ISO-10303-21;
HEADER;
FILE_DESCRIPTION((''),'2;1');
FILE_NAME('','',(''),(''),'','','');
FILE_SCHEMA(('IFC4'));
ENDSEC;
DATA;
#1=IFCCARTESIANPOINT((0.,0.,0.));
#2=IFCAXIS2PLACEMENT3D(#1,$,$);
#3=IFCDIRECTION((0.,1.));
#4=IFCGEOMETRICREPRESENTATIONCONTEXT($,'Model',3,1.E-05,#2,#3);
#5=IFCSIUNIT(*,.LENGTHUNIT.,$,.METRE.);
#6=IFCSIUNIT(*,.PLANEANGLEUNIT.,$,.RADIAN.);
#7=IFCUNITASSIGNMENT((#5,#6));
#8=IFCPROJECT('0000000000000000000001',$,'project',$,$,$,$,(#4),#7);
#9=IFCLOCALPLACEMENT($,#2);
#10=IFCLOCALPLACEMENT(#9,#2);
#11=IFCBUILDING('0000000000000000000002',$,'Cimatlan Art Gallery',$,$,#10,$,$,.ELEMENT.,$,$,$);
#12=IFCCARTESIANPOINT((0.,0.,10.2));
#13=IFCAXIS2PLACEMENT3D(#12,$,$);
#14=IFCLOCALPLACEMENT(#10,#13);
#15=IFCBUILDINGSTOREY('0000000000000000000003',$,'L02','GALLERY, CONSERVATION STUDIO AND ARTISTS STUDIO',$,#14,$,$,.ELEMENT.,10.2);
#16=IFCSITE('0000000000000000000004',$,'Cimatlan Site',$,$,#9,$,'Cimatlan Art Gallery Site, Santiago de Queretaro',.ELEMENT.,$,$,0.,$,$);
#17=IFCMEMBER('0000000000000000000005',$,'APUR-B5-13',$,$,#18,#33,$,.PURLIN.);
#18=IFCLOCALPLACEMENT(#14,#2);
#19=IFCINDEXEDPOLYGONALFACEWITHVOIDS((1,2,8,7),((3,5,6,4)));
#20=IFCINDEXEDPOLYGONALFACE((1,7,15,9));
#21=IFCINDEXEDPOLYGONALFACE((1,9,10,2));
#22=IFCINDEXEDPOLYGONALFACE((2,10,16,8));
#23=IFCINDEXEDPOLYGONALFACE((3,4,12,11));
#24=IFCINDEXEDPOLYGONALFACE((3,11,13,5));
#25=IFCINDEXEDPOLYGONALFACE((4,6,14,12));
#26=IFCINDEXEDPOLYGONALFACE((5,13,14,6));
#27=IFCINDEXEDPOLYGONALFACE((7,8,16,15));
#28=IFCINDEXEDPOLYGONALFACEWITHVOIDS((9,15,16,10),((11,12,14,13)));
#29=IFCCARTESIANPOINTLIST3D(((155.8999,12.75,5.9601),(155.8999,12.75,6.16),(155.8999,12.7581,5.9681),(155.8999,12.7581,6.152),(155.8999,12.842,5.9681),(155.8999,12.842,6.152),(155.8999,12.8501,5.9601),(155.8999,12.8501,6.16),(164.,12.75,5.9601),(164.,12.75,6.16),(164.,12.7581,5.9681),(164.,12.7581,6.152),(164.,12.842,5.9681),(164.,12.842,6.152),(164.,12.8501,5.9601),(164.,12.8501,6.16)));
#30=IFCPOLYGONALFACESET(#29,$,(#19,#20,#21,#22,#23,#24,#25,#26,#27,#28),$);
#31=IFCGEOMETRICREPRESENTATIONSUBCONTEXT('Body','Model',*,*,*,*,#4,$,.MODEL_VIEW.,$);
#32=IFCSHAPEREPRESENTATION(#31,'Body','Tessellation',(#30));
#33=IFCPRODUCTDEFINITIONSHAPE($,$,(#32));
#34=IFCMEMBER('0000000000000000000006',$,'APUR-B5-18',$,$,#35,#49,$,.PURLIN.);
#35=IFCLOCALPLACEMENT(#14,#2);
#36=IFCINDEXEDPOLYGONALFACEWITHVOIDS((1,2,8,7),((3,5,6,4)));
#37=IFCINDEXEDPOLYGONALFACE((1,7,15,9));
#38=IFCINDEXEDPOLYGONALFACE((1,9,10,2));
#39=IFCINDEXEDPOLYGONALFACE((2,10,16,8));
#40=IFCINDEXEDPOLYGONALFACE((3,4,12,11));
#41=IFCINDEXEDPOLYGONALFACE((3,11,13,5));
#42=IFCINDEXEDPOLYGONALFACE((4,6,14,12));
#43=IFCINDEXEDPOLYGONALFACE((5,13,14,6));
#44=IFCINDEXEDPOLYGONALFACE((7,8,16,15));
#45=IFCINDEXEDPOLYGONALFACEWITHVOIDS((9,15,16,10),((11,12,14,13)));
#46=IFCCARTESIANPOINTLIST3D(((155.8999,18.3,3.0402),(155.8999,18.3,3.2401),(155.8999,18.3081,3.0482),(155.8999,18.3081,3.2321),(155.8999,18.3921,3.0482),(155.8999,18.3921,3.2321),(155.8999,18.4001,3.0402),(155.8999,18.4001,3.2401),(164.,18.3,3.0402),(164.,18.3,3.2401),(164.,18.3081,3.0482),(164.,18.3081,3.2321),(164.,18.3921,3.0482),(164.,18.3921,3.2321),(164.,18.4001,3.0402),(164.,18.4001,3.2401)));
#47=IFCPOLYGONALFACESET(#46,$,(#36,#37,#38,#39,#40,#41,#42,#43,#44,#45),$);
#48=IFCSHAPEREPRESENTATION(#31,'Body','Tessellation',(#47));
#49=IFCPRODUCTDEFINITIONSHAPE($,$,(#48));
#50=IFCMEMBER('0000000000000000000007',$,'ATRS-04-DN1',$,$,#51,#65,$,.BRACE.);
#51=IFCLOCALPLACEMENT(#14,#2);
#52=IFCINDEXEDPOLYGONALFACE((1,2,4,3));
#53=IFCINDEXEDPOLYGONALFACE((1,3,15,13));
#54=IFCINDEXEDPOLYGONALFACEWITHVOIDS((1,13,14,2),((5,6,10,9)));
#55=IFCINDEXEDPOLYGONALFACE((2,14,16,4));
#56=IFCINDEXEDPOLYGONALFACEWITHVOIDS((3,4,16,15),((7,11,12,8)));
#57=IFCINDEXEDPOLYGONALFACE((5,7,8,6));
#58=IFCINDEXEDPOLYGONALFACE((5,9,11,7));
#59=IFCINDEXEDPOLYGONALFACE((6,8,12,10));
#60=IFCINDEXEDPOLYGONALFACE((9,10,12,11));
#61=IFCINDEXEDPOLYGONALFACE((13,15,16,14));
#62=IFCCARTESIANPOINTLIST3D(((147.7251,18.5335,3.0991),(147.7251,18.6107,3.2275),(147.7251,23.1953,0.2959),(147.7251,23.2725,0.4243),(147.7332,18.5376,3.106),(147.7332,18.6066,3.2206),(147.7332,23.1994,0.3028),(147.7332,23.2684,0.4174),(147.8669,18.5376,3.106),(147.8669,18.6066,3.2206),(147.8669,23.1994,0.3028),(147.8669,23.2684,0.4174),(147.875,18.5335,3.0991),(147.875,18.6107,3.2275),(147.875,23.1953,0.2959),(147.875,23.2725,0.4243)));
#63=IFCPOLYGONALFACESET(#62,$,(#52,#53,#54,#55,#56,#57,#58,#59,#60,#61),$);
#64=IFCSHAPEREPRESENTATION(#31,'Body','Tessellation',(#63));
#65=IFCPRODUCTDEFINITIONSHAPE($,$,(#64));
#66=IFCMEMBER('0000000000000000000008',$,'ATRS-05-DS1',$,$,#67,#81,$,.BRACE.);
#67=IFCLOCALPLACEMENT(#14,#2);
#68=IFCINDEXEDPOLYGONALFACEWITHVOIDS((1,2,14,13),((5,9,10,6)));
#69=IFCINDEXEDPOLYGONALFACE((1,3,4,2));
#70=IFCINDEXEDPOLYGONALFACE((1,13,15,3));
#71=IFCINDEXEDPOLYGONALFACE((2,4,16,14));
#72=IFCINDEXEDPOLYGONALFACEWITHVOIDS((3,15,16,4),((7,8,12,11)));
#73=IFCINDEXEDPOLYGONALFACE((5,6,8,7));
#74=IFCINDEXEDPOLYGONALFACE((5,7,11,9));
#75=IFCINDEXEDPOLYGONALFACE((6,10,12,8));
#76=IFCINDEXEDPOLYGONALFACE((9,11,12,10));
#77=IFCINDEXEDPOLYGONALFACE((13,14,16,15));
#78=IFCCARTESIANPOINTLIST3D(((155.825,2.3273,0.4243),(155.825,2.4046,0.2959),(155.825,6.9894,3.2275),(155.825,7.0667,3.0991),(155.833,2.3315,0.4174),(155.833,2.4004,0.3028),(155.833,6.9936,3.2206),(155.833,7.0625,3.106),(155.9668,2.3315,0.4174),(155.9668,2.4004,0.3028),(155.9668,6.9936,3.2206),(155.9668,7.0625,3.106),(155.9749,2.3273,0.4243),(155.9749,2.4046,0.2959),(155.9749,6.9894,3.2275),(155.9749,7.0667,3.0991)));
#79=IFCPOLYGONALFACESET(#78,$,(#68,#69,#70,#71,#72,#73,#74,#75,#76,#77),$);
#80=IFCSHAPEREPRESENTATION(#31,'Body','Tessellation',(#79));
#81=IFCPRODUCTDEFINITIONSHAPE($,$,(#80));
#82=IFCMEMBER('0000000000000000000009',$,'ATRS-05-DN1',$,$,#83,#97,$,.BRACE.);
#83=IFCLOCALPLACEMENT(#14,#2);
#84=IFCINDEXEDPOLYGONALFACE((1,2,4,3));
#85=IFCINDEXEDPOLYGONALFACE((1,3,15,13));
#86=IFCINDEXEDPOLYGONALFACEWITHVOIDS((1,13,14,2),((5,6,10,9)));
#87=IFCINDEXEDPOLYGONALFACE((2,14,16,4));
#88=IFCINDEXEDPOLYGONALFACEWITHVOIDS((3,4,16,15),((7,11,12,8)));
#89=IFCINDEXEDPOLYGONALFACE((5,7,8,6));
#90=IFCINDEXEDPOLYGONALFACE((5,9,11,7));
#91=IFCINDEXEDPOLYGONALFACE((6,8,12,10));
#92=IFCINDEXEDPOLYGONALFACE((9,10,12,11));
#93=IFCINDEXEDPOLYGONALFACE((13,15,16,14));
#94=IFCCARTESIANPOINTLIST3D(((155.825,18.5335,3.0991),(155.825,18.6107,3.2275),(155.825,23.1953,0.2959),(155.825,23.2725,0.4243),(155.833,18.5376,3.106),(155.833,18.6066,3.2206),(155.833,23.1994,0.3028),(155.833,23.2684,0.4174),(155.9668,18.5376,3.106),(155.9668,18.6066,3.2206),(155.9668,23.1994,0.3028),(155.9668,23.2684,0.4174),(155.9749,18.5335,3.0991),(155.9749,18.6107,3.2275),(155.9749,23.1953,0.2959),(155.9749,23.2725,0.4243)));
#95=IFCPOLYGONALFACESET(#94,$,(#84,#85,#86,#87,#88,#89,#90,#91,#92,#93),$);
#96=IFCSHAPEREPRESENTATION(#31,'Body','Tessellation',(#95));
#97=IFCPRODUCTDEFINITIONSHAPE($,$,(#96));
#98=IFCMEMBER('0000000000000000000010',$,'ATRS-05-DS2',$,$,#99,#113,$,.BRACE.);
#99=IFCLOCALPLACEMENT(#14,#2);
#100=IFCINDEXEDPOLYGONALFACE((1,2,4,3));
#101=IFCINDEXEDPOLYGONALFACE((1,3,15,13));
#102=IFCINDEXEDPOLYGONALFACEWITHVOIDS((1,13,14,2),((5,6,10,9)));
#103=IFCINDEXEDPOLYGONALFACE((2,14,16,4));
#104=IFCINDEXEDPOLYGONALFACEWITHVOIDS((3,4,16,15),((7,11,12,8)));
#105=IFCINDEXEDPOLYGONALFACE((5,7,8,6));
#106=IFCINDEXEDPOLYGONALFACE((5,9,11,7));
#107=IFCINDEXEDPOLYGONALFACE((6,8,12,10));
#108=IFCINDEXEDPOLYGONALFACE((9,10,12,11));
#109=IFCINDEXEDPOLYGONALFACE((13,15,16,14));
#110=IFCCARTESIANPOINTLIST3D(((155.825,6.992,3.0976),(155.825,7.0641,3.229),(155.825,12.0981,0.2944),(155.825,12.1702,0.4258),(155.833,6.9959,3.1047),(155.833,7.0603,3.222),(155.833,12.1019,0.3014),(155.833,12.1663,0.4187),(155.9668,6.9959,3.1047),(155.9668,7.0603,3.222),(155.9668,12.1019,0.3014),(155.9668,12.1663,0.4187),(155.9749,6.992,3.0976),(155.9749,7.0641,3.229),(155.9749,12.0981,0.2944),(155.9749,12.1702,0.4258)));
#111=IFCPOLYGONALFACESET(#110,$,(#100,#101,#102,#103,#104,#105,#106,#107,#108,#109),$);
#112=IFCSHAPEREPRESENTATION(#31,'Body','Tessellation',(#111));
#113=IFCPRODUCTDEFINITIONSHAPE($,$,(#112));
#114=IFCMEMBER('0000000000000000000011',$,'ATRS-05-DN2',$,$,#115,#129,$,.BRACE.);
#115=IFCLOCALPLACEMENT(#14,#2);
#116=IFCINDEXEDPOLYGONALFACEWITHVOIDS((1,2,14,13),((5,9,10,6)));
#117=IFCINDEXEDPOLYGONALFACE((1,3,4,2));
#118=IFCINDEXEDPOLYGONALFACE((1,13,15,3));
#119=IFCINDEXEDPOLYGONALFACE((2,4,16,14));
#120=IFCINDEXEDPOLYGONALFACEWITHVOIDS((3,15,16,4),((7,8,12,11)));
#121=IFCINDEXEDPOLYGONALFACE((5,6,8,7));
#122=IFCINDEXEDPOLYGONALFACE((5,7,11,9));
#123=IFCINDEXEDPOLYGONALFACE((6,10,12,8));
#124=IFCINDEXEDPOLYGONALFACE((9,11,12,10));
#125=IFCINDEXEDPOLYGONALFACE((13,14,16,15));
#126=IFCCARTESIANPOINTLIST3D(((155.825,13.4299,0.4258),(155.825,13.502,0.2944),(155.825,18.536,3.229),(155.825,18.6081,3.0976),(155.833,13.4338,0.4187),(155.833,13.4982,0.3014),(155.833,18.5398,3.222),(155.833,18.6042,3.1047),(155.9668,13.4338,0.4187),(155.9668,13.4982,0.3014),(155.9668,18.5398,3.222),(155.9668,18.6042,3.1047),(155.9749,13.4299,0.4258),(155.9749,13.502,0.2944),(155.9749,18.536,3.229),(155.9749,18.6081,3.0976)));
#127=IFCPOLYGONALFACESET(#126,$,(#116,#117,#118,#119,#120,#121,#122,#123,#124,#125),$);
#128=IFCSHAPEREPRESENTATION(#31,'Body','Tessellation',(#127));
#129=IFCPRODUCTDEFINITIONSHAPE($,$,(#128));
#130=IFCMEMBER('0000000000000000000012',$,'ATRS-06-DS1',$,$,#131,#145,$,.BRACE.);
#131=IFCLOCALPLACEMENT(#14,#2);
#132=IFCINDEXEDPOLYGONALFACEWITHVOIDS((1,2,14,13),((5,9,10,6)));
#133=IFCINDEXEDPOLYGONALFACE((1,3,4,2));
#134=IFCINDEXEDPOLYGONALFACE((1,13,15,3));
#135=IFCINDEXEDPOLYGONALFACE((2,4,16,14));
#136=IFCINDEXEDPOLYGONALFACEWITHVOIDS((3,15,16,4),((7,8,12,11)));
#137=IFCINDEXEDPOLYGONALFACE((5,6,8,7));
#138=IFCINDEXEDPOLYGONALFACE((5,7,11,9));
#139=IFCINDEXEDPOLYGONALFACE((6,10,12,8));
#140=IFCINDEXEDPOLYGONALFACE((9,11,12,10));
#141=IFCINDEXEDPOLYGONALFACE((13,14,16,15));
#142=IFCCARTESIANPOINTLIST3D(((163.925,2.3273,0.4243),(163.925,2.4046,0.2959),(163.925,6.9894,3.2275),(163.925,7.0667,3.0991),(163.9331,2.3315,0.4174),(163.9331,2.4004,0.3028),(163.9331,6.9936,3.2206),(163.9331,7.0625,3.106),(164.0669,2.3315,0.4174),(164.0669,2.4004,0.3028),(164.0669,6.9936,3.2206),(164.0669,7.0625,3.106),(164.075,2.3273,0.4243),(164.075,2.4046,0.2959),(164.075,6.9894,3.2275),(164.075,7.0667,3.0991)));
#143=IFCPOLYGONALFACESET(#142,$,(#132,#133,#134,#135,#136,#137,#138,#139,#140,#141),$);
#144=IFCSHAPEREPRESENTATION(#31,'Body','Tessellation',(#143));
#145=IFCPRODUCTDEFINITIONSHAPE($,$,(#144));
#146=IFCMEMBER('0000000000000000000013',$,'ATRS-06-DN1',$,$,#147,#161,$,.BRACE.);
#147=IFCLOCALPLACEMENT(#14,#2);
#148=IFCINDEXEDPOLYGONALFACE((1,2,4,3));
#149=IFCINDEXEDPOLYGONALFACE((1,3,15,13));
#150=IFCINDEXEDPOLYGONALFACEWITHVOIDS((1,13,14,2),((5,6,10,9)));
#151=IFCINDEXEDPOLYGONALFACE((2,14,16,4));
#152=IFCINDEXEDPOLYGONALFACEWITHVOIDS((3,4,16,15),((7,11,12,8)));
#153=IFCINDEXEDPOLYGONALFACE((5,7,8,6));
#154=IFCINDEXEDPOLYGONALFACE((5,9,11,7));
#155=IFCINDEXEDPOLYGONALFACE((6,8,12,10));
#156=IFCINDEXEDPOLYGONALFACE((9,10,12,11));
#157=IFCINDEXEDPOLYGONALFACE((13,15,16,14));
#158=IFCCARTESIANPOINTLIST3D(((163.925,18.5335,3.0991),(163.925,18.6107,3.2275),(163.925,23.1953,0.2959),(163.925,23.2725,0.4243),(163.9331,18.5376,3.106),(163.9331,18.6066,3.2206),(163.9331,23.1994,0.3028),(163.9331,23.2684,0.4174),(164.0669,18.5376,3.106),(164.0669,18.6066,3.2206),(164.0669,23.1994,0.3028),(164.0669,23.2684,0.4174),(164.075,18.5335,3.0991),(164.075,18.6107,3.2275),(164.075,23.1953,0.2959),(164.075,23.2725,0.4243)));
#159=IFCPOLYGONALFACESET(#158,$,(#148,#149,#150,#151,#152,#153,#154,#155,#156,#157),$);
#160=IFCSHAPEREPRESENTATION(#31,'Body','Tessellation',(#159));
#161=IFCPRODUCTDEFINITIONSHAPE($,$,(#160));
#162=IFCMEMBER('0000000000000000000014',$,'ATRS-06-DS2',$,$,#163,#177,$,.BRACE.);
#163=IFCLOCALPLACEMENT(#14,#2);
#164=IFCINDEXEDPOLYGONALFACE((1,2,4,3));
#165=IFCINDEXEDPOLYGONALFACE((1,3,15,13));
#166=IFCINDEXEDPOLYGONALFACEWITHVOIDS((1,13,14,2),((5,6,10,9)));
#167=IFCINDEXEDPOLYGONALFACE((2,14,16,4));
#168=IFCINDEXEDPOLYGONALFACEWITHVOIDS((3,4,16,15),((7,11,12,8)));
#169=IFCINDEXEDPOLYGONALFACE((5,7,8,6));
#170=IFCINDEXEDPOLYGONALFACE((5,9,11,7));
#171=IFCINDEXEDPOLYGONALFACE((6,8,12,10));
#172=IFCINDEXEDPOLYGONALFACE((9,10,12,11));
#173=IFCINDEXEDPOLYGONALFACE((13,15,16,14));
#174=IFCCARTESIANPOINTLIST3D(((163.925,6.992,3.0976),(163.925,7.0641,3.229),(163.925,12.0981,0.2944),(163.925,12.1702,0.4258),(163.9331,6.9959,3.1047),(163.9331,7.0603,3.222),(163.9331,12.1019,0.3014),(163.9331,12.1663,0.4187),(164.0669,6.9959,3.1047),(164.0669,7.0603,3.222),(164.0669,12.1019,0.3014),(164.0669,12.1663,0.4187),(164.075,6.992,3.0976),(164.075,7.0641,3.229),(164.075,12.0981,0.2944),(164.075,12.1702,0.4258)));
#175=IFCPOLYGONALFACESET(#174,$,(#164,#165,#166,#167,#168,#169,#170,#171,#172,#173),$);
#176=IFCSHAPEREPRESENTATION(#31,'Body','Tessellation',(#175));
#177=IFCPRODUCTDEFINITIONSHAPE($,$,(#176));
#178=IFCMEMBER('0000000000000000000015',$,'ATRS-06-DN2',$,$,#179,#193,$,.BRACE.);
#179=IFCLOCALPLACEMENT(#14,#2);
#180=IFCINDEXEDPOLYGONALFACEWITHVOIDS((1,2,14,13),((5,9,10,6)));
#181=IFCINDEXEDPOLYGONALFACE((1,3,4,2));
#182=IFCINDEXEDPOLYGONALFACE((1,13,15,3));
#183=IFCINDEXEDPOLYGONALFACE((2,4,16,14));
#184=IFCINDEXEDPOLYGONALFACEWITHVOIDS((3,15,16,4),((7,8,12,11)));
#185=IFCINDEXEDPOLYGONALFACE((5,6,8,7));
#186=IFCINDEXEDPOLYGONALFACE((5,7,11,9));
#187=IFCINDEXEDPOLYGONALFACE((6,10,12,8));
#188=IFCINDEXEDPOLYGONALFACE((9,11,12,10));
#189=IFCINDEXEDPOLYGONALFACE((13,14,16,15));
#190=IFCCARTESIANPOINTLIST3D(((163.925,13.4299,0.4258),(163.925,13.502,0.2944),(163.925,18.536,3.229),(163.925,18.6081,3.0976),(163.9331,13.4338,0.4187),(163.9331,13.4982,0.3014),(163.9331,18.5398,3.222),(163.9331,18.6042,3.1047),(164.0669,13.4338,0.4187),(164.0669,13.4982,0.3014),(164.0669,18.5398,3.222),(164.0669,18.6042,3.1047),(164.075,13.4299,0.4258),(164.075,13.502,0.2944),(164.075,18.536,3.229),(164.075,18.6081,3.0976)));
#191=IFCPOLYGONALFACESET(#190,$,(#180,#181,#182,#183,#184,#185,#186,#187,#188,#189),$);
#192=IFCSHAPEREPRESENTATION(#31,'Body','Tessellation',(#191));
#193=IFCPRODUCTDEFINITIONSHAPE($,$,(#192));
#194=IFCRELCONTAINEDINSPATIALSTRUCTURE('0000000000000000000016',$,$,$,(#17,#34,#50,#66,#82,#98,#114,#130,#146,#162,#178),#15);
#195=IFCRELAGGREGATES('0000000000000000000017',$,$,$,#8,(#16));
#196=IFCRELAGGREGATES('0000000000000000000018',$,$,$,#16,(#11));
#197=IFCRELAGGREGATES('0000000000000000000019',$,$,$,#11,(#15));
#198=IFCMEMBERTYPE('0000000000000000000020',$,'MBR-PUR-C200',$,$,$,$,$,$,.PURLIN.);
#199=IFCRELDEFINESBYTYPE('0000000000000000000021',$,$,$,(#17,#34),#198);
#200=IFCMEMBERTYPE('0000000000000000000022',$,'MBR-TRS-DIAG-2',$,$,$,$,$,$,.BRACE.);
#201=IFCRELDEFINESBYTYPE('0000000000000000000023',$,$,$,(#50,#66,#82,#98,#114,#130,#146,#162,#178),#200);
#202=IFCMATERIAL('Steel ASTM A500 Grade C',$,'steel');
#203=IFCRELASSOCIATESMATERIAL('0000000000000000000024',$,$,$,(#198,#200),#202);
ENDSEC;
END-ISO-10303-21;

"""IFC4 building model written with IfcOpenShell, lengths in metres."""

from ifc_helpers import new_model, si_unit, direction, frame, origin, origin_2d, place, context, subcontext, project, spatial, hollow_rectangle, extrude, material, material_profile, profile_set, type_object, element, save


model = new_model("IFC4")

# Units and contexts
model_context = context("Model", 3, precision=1e-05, world=origin(), true_north=direction((0.0, 1.0)))
body_context = subcontext(model_context, "Body", "Model", "MODEL_VIEW")
ifc_project = project(units=[si_unit("LENGTHUNIT", "METRE"), si_unit("PLANEANGLEUNIT", "RADIAN")], contexts=[model_context])

# Site, building, storey
site_placement = place(None, origin())
site = spatial("IfcSite", under=ifc_project, at=site_placement, Name="Cimatlan Site", LongName="Cimatlan Art Gallery Site, Santiago de Queretaro", CompositionType="ELEMENT", RefElevation=0.0)
building_placement = place(site_placement, origin())
building = spatial("IfcBuilding", under=site, at=building_placement, Name="Cimatlan Art Gallery", CompositionType="ELEMENT")
storey_placement = place(building_placement, frame((0.0, 0.0, 10.2)))
storey = spatial("IfcBuildingStorey", under=building, at=storey_placement, Name="L02", Description="GALLERY, CONSERVATION STUDIO AND ARTISTS STUDIO", CompositionType="ELEMENT", Elevation=10.2)

# Members
ifc_material_1 = material(Name="Steel ASTM A500 Grade C", Category="steel")
ifc_material_profile_1 = material_profile(ifc_material_1, hollow_rectangle(XDim=0.1001, YDim=0.2, WallThickness=0.0081, at=origin_2d()), Name="HSS200X100X8")
ifc_profile_set_1 = profile_set([ifc_material_profile_1], Name="Steel ASTM A500 Grade C")
member_type_1 = type_object("IfcMemberType", Name="MBR-PUR-C200", PredefinedType="PURLIN", material=ifc_profile_set_1)
for number, where, z_axis, x_axis, name in (
    (1, (155.8999, 12.8, 6.0601), (1.0, 0.0, 0.0), (0.0, 1.0, 0.0), "APUR-B5-13"),
    (2, (155.8999, 18.3501, 3.1401), (1.0, 0.0, 0.0), (0.0, 1.0, 0.0), "APUR-B5-18"),
):
    element("IfcMember", number, at=place(storey_placement, frame(where, z_axis=z_axis, x_axis=x_axis)), inside=storey, type_object=member_type_1, Name=name, PredefinedType="PURLIN", context=body_context, shape_type="SweptSolid", body=[
        extrude(hollow_rectangle(XDim=0.1001, YDim=0.2, WallThickness=0.0081, at=origin_2d()), origin(), (0.0, 0.0, 1.0), 8.1001),
    ])
ifc_material_profile_2 = material_profile(ifc_material_1, hollow_rectangle(XDim=0.1499, YDim=0.1499, WallThickness=0.0081, at=origin_2d()), Name="HSS150X150X8")
ifc_profile_set_2 = profile_set([ifc_material_profile_2], Name="Steel ASTM A500 Grade C")
member_type_2 = type_object("IfcMemberType", Name="MBR-TRS-DIAG-2", PredefinedType="BRACE", material=ifc_profile_set_2)
member_1_placement = place(storey_placement, frame((147.8, 23.2339, 0.3601), z_axis=(0.0, -0.856998, 0.515321), x_axis=(1.0, 0.0, 0.0)))
element("IfcMember", 3, at=member_1_placement, inside=storey, type_object=member_type_2, Name="ATRS-04-DN1", PredefinedType="BRACE", context=body_context, shape_type="SweptSolid", body=[
    extrude(hollow_rectangle(XDim=0.1499, YDim=0.1499, WallThickness=0.0081, at=origin_2d()), origin(), (0.0, 0.0, 1.0), 5.4397),
])
member_2_placement = place(storey_placement, frame((155.8999, 2.366, 0.3601), z_axis=(0.0, 0.857009, 0.515301), x_axis=(-1.0, 0.0, 0.0)))
element("IfcMember", 4, at=member_2_placement, inside=storey, type_object=member_type_2, Name="ATRS-05-DS1", PredefinedType="BRACE", context=body_context, shape_type="SweptSolid", body=[
    extrude(hollow_rectangle(XDim=0.1499, YDim=0.1499, WallThickness=0.0081, at=origin_2d()), origin(), (0.0, 0.0, 1.0), 5.4399),
])
member_3_placement = place(storey_placement, frame((155.8999, 23.2339, 0.3601), z_axis=(0.0, -0.856998, 0.515321), x_axis=(1.0, 0.0, 0.0)))
element("IfcMember", 5, at=member_3_placement, inside=storey, type_object=member_type_2, Name="ATRS-05-DN1", PredefinedType="BRACE", context=body_context, shape_type="SweptSolid", body=[
    extrude(hollow_rectangle(XDim=0.1499, YDim=0.1499, WallThickness=0.0081, at=origin_2d()), origin(), (0.0, 0.0, 1.0), 5.4397),
])
for number, where, z_axis, x_axis, name in (
    (6, (155.8999, 7.0281, 3.1633), (0.0, 0.876582, -0.481252), (-1.0, 0.0, 0.0), "ATRS-05-DS2"),
    (7, (155.8999, 18.572, 3.1633), (0.0, -0.876582, -0.481252), (1.0, 0.0, 0.0), "ATRS-05-DN2"),
):
    element("IfcMember", number, at=place(storey_placement, frame(where, z_axis=z_axis, x_axis=x_axis)), inside=storey, type_object=member_type_2, Name=name, PredefinedType="BRACE", context=body_context, shape_type="SweptSolid", body=[
        extrude(hollow_rectangle(XDim=0.1499, YDim=0.1499, WallThickness=0.0081, at=origin_2d()), origin(), (0.0, 0.0, 1.0), 5.825),
    ])
member_4_placement = place(storey_placement, frame((164.0, 2.366, 0.3601), z_axis=(0.0, 0.857009, 0.515301), x_axis=(-1.0, 0.0, 0.0)))
element("IfcMember", 8, at=member_4_placement, inside=storey, type_object=member_type_2, Name="ATRS-06-DS1", PredefinedType="BRACE", context=body_context, shape_type="SweptSolid", body=[
    extrude(hollow_rectangle(XDim=0.1499, YDim=0.1499, WallThickness=0.0081, at=origin_2d()), origin(), (0.0, 0.0, 1.0), 5.4399),
])
member_5_placement = place(storey_placement, frame((164.0, 23.2339, 0.3601), z_axis=(0.0, -0.856998, 0.515321), x_axis=(1.0, 0.0, 0.0)))
element("IfcMember", 9, at=member_5_placement, inside=storey, type_object=member_type_2, Name="ATRS-06-DN1", PredefinedType="BRACE", context=body_context, shape_type="SweptSolid", body=[
    extrude(hollow_rectangle(XDim=0.1499, YDim=0.1499, WallThickness=0.0081, at=origin_2d()), origin(), (0.0, 0.0, 1.0), 5.4397),
])
for number, where, z_axis, x_axis, name in (
    (10, (164.0, 7.0281, 3.1633), (0.0, 0.876582, -0.481252), (-1.0, 0.0, 0.0), "ATRS-06-DS2"),
    (11, (164.0, 18.572, 3.1633), (0.0, -0.876582, -0.481252), (1.0, 0.0, 0.0), "ATRS-06-DN2"),
):
    element("IfcMember", number, at=place(storey_placement, frame(where, z_axis=z_axis, x_axis=x_axis)), inside=storey, type_object=member_type_2, Name=name, PredefinedType="BRACE", context=body_context, shape_type="SweptSolid", body=[
        extrude(hollow_rectangle(XDim=0.1499, YDim=0.1499, WallThickness=0.0081, at=origin_2d()), origin(), (0.0, 0.0, 1.0), 5.825),
    ])

save(model, "model.ifc")
